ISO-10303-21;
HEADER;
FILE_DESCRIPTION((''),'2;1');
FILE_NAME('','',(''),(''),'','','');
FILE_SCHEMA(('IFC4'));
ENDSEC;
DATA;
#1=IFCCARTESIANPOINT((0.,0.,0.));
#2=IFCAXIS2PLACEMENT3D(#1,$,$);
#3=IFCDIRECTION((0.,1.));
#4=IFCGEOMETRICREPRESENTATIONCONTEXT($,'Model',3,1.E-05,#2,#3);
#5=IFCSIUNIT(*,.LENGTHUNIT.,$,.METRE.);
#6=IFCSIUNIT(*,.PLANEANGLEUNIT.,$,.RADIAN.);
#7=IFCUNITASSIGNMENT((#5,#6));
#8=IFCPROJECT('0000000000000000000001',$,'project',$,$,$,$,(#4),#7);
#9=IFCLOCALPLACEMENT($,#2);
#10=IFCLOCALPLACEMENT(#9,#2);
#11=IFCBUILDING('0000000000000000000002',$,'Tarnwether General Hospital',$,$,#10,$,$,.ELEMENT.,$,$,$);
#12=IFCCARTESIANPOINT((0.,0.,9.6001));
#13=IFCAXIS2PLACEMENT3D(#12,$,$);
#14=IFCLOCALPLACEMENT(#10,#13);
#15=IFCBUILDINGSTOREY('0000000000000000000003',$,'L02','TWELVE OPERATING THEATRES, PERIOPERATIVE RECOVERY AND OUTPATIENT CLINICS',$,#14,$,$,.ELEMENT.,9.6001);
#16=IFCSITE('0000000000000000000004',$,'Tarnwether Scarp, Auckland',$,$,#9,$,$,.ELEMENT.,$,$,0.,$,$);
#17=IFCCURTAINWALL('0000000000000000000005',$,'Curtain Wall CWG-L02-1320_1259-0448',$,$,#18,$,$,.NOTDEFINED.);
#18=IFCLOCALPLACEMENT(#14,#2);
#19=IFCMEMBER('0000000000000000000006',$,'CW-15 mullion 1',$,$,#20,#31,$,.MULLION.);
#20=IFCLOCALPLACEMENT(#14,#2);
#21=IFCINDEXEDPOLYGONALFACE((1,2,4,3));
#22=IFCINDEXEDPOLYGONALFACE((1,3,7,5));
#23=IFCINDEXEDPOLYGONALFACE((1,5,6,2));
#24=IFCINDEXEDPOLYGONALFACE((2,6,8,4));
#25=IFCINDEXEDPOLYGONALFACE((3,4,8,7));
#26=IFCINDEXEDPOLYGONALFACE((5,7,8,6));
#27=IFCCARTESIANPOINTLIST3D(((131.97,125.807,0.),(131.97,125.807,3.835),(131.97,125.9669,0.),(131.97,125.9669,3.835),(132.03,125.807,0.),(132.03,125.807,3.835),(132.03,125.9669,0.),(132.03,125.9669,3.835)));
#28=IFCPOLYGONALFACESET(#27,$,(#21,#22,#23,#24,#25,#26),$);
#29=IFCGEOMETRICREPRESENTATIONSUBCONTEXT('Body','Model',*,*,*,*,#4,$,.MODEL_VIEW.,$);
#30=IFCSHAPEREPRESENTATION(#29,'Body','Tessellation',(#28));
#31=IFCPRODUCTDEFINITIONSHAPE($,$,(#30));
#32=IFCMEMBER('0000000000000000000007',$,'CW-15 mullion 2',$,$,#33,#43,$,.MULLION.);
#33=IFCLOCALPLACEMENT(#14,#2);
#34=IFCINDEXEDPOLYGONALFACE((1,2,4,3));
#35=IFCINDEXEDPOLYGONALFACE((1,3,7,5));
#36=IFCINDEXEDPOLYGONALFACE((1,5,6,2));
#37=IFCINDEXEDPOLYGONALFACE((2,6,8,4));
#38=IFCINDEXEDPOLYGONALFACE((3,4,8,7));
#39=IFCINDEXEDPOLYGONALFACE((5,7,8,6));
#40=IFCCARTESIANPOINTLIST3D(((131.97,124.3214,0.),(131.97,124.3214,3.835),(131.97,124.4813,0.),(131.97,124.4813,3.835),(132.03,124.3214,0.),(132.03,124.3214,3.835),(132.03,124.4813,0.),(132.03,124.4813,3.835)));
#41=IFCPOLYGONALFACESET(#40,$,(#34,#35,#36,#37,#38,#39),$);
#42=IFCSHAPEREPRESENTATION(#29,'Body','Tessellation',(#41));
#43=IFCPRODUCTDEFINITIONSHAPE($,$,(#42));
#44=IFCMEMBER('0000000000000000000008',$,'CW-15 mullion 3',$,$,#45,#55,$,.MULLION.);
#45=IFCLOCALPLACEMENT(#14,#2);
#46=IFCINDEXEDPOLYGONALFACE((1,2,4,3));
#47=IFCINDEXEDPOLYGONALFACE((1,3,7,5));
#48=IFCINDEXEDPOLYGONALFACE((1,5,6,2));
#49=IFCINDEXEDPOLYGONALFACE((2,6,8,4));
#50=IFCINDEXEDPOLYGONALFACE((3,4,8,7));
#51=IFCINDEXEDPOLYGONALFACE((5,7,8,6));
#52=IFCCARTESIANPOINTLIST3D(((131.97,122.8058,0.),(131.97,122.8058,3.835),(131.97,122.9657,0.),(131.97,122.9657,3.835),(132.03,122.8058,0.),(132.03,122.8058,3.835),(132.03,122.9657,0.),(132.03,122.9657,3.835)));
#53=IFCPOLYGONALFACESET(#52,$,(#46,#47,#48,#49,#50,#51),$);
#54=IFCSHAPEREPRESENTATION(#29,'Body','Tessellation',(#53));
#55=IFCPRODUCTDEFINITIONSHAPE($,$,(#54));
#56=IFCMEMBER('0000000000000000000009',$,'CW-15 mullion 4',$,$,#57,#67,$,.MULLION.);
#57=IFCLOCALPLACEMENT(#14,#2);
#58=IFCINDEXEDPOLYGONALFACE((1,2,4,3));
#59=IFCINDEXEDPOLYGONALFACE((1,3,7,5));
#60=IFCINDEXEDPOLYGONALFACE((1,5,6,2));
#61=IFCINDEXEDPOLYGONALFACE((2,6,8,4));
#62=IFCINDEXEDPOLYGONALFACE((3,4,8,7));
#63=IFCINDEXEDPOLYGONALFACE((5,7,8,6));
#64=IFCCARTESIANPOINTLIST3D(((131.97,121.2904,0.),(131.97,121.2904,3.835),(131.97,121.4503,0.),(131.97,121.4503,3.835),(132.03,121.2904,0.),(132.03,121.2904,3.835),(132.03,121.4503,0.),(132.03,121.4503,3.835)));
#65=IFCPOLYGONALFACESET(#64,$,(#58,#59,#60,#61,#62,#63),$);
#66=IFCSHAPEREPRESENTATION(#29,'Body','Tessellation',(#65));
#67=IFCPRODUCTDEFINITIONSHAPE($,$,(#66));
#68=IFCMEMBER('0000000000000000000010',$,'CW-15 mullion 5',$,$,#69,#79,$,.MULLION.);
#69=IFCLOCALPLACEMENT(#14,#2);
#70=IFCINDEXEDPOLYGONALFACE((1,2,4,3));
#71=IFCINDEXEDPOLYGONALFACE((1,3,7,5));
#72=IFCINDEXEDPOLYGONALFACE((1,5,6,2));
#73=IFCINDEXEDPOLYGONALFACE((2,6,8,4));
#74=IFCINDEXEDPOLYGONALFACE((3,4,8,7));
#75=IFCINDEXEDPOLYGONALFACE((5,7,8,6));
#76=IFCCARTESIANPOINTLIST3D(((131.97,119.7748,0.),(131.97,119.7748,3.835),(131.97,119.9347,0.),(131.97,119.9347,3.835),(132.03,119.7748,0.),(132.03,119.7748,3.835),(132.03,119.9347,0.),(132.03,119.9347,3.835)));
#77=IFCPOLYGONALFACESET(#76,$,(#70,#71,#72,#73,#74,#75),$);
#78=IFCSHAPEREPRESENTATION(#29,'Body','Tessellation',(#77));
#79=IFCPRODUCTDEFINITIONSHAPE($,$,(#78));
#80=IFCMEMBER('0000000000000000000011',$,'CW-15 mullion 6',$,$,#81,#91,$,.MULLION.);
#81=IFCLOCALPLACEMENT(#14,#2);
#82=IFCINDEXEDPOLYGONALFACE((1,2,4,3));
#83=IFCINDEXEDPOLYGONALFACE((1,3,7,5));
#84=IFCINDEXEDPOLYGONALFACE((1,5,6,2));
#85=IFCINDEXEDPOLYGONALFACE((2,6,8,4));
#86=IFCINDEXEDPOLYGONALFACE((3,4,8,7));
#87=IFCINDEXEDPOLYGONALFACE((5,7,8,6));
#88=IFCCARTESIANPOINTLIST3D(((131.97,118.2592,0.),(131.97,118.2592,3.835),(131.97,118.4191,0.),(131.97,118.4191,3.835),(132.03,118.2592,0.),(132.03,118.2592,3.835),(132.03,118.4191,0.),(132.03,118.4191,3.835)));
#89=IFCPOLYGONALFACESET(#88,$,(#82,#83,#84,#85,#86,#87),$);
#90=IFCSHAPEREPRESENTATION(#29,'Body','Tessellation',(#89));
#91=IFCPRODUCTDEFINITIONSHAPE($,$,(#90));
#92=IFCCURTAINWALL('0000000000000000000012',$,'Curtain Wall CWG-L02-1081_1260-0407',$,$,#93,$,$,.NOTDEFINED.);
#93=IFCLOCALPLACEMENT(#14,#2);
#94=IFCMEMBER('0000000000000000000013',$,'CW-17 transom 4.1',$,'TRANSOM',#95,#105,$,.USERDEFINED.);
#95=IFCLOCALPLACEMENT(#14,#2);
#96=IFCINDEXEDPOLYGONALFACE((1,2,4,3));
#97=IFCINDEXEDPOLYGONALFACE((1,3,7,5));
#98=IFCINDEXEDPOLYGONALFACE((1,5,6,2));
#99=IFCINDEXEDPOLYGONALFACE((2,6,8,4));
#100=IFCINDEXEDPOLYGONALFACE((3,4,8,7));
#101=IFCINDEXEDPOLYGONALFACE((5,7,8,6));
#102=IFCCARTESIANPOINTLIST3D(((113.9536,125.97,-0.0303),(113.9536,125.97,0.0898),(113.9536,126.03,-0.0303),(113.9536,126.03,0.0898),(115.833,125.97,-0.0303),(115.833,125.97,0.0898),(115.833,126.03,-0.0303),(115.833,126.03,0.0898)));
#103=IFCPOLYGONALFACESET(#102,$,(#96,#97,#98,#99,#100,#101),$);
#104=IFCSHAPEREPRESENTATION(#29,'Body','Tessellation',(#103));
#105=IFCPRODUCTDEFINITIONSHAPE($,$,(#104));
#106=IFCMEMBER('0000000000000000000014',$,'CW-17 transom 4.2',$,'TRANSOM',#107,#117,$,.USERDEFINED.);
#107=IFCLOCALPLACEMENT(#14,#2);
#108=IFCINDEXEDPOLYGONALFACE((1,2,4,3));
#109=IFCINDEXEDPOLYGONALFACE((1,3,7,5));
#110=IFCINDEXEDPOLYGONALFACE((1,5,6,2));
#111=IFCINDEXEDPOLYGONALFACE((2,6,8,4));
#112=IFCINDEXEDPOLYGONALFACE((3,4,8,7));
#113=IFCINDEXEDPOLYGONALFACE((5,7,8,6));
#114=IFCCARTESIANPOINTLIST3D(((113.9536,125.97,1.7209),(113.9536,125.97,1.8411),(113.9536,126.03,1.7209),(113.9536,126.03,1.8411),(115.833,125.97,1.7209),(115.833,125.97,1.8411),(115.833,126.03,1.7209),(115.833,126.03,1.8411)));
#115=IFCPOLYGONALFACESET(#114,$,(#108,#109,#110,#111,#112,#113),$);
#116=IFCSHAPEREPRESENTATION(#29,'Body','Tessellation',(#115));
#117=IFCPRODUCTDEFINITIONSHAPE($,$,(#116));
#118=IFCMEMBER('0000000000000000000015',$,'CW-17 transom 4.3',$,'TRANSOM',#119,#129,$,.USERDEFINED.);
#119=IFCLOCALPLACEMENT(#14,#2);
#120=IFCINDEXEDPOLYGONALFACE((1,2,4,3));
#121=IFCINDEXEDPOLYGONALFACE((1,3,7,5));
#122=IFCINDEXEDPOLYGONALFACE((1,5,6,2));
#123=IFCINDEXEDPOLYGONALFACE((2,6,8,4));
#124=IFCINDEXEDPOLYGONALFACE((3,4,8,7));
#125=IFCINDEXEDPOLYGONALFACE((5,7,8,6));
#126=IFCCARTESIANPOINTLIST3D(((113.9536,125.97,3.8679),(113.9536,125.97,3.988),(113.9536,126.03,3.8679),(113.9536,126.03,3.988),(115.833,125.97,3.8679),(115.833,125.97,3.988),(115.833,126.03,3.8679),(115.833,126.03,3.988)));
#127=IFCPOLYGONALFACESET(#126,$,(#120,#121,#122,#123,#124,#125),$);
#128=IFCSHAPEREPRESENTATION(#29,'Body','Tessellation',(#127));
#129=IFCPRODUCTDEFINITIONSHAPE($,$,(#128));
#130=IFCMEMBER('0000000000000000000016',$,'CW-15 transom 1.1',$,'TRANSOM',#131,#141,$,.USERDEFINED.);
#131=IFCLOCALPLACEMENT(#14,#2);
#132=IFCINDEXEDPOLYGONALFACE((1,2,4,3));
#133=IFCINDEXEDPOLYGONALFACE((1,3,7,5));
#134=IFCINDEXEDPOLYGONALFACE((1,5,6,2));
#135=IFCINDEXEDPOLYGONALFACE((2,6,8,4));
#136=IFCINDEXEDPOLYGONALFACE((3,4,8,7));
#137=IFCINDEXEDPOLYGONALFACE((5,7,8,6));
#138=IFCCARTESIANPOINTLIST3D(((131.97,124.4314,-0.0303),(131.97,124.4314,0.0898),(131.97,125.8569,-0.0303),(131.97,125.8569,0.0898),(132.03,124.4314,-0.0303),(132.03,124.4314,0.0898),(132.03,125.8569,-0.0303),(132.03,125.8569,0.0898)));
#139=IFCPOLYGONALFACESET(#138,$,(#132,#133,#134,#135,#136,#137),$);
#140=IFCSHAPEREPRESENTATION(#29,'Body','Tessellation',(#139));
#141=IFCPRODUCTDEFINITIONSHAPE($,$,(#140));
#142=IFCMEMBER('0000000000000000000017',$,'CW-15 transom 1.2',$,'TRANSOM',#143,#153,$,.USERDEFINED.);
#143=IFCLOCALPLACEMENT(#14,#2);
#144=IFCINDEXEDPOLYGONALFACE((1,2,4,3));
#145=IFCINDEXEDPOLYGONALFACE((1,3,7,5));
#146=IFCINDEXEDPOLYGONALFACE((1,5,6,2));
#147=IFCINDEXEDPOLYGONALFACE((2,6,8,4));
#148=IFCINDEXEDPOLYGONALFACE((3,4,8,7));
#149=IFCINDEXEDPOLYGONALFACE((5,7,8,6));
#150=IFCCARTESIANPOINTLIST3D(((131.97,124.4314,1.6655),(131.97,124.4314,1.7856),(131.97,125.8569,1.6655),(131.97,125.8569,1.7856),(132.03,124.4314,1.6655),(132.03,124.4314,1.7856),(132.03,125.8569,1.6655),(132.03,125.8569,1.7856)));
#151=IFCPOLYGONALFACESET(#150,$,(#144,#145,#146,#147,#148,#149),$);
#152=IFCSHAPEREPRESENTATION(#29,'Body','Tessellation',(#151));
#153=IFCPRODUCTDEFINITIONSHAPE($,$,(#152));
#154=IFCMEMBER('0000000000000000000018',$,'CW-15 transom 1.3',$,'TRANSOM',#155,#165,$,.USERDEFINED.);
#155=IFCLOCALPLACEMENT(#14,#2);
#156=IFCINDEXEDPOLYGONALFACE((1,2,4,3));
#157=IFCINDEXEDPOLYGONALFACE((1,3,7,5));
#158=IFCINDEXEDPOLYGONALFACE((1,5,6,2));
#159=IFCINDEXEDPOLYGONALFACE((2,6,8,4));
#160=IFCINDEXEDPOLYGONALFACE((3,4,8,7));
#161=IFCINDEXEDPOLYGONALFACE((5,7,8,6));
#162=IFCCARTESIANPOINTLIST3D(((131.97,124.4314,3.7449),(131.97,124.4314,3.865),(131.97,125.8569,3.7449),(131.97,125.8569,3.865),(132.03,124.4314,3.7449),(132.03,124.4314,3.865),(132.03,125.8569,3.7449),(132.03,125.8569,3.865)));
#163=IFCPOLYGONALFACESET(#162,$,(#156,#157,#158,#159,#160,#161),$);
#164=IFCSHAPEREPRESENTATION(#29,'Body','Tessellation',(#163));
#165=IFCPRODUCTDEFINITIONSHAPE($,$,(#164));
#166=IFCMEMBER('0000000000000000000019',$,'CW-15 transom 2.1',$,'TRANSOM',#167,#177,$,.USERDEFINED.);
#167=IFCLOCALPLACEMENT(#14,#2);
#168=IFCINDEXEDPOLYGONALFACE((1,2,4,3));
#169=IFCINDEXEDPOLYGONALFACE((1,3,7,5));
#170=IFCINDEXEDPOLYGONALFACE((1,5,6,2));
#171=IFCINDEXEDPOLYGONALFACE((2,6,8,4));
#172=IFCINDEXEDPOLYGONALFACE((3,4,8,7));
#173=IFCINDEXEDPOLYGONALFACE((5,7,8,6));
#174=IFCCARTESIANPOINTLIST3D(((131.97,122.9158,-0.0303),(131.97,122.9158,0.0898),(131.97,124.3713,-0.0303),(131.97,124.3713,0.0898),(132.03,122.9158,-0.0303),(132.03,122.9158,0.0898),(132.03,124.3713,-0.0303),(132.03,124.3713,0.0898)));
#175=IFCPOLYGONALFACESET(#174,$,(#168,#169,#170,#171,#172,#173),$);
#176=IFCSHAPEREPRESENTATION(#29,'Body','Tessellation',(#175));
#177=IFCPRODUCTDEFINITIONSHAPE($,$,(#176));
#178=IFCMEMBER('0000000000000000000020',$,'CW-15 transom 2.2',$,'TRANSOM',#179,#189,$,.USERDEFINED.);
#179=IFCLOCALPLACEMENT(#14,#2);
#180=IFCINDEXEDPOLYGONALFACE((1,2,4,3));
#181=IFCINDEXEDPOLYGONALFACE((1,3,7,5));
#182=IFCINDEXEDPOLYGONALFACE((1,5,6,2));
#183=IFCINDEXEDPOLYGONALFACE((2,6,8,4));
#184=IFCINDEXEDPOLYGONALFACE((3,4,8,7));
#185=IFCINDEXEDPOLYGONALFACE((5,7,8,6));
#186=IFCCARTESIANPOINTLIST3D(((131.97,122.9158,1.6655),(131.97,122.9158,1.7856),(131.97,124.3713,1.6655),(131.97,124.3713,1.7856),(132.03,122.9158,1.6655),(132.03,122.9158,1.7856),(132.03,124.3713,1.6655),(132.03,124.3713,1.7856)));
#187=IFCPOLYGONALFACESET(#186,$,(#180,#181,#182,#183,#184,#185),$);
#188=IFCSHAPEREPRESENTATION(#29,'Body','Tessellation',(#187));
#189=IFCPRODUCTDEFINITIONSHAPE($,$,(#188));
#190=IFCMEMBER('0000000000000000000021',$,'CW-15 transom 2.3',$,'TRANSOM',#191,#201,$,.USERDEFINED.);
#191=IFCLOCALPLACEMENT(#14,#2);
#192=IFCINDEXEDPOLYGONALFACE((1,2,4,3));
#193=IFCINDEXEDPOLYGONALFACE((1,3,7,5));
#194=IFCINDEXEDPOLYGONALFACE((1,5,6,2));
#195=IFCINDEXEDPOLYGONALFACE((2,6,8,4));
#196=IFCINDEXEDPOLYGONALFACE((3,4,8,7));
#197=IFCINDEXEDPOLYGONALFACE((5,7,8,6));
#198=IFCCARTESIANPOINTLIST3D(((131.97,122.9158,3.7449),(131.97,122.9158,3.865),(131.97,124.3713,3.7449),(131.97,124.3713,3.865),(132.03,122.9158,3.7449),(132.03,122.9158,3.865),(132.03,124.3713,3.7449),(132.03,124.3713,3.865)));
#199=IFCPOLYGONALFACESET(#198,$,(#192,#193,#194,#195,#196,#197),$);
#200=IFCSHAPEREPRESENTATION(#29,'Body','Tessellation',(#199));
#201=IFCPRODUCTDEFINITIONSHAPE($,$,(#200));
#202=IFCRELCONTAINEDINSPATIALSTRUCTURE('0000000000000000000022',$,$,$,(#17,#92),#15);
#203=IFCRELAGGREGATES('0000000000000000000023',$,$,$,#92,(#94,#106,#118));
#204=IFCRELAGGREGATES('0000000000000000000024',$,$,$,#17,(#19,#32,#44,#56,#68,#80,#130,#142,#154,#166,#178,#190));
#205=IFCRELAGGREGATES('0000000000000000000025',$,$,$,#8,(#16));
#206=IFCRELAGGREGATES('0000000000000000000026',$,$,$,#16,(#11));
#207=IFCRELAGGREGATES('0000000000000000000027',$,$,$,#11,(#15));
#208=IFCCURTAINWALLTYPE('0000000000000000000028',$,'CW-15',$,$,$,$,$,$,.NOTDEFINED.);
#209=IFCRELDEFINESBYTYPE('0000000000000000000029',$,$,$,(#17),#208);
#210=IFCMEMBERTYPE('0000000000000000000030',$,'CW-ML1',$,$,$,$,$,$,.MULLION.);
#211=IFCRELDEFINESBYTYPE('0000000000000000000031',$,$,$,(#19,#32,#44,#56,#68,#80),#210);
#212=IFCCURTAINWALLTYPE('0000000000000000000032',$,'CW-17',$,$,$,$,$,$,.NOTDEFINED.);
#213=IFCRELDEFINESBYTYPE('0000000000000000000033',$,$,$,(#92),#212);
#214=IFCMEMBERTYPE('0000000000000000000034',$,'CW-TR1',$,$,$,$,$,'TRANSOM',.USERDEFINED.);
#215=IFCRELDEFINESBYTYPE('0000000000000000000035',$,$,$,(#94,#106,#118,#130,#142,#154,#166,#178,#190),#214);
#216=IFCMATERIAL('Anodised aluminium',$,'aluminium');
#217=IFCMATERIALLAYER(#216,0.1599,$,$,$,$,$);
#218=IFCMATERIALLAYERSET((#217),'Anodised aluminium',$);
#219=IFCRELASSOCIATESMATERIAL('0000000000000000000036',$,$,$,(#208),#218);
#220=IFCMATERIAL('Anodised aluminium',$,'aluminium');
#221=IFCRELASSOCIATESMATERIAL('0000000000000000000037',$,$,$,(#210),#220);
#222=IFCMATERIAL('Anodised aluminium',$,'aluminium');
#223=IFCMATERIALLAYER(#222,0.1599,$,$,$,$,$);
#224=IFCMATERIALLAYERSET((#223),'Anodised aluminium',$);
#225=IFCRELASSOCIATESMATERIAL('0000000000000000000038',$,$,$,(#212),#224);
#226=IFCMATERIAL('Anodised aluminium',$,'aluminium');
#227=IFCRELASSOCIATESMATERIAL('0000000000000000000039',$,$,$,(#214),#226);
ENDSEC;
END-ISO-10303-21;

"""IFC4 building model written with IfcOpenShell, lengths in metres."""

from ifc_helpers import new_model, si_unit, direction, frame, origin, origin_2d, place, context, subcontext, project, spatial, rectangle, extrude, material, layer, layer_set, material_profile, profile_set, type_object, element, aggregate, save


model = new_model("IFC4")

# Units and contexts
model_context = context("Model", 3, precision=1e-05, world=origin(), true_north=direction((0.0, 1.0)))
body_context = subcontext(model_context, "Body", "Model", "MODEL_VIEW")
ifc_project = project(units=[si_unit("LENGTHUNIT", "METRE"), si_unit("PLANEANGLEUNIT", "RADIAN")], contexts=[model_context])

# Site, building, storey
site_placement = place(None, origin())
site = spatial("IfcSite", under=ifc_project, at=site_placement, Name="Tarnwether Scarp, Auckland", CompositionType="ELEMENT", RefElevation=0.0)
building_placement = place(site_placement, origin())
building = spatial("IfcBuilding", under=site, at=building_placement, Name="Tarnwether General Hospital", CompositionType="ELEMENT")
storey_placement = place(building_placement, frame((0.0, 0.0, 9.6001)))
storey = spatial("IfcBuildingStorey", under=building, at=storey_placement, Name="L02", Description="TWELVE OPERATING THEATRES, PERIOPERATIVE RECOVERY AND OUTPATIENT CLINICS", CompositionType="ELEMENT", Elevation=9.6001)

# Curtain walls, members
ifc_material_1 = material(Name="Anodised aluminium", Category="aluminium")
ifc_layer_1 = layer(ifc_material_1, 0.1599)
ifc_layer_set_1 = layer_set([ifc_layer_1], Name="Anodised aluminium")
curtain_wall_type_1 = type_object("IfcCurtainWallType", Name="CW-15", PredefinedType="NOTDEFINED", material=ifc_layer_set_1)
curtain_wall_1_placement = place(storey_placement, origin())
curtain_wall_1 = element("IfcCurtainWall", 1, at=curtain_wall_1_placement, inside=storey, type_object=curtain_wall_type_1, Name="Curtain Wall CWG-L02-1320_1259-0448", PredefinedType="NOTDEFINED")
ifc_material_2 = material(Name="Anodised aluminium", Category="aluminium")
ifc_material_profile_1 = material_profile(ifc_material_2, rectangle(XDim=0.0601, YDim=0.1599, at=origin_2d()), Name="ALU-MUL-60x160")
ifc_profile_set_1 = profile_set([ifc_material_profile_1], Name="Anodised aluminium")
member_type_1 = type_object("IfcMemberType", Name="CW-ML1", PredefinedType="MULLION", material=ifc_profile_set_1)
member_1_placement = place(storey_placement, frame((132.0, 125.887, 0.0), z_axis=(0.0, 0.0, 1.0), x_axis=(1.0, 0.0, 0.0)))
member_1 = element("IfcMember", 2, at=member_1_placement, type_object=member_type_1, Name="CW-15 mullion 1", PredefinedType="MULLION", context=body_context, shape_type="SweptSolid", body=[
    extrude(rectangle(XDim=0.0601, YDim=0.1599, at=origin_2d()), origin(), (0.0, 0.0, 1.0), 3.835),
])
member_2_placement = place(storey_placement, frame((132.0, 124.4014, 0.0), z_axis=(0.0, 0.0, 1.0), x_axis=(1.0, 0.0, 0.0)))
member_2 = element("IfcMember", 3, at=member_2_placement, type_object=member_type_1, Name="CW-15 mullion 2", PredefinedType="MULLION", context=body_context, shape_type="SweptSolid", body=[
    extrude(rectangle(XDim=0.0601, YDim=0.1599, at=origin_2d()), origin(), (0.0, 0.0, 1.0), 3.835),
])
member_3_placement = place(storey_placement, frame((132.0, 122.8857, 0.0), z_axis=(0.0, 0.0, 1.0), x_axis=(1.0, 0.0, 0.0)))
member_3 = element("IfcMember", 4, at=member_3_placement, type_object=member_type_1, Name="CW-15 mullion 3", PredefinedType="MULLION", context=body_context, shape_type="SweptSolid", body=[
    extrude(rectangle(XDim=0.0601, YDim=0.1599, at=origin_2d()), origin(), (0.0, 0.0, 1.0), 3.835),
])
member_4_placement = place(storey_placement, frame((132.0, 121.3704, 0.0), z_axis=(0.0, 0.0, 1.0), x_axis=(1.0, 0.0, 0.0)))
member_4 = element("IfcMember", 5, at=member_4_placement, type_object=member_type_1, Name="CW-15 mullion 4", PredefinedType="MULLION", context=body_context, shape_type="SweptSolid", body=[
    extrude(rectangle(XDim=0.0601, YDim=0.1599, at=origin_2d()), origin(), (0.0, 0.0, 1.0), 3.835),
])
member_5_placement = place(storey_placement, frame((132.0, 119.8547, 0.0), z_axis=(0.0, 0.0, 1.0), x_axis=(1.0, 0.0, 0.0)))
member_5 = element("IfcMember", 6, at=member_5_placement, type_object=member_type_1, Name="CW-15 mullion 5", PredefinedType="MULLION", context=body_context, shape_type="SweptSolid", body=[
    extrude(rectangle(XDim=0.0601, YDim=0.1599, at=origin_2d()), origin(), (0.0, 0.0, 1.0), 3.835),
])
member_6_placement = place(storey_placement, frame((132.0, 118.3391, 0.0), z_axis=(0.0, 0.0, 1.0), x_axis=(1.0, 0.0, 0.0)))
member_6 = element("IfcMember", 7, at=member_6_placement, type_object=member_type_1, Name="CW-15 mullion 6", PredefinedType="MULLION", context=body_context, shape_type="SweptSolid", body=[
    extrude(rectangle(XDim=0.0601, YDim=0.1599, at=origin_2d()), origin(), (0.0, 0.0, 1.0), 3.835),
])
ifc_material_3 = material(Name="Anodised aluminium", Category="aluminium")
ifc_layer_2 = layer(ifc_material_3, 0.1599)
ifc_layer_set_2 = layer_set([ifc_layer_2], Name="Anodised aluminium")
curtain_wall_type_2 = type_object("IfcCurtainWallType", Name="CW-17", PredefinedType="NOTDEFINED", material=ifc_layer_set_2)
curtain_wall_2_placement = place(storey_placement, origin())
curtain_wall_2 = element("IfcCurtainWall", 8, at=curtain_wall_2_placement, inside=storey, type_object=curtain_wall_type_2, Name="Curtain Wall CWG-L02-1081_1260-0407", PredefinedType="NOTDEFINED")
ifc_material_4 = material(Name="Anodised aluminium", Category="aluminium")
ifc_material_profile_2 = material_profile(ifc_material_4, rectangle(XDim=0.0601, YDim=0.1201, at=origin_2d()), Name="ALU-TRN-60x120")
ifc_profile_set_2 = profile_set([ifc_material_profile_2], Name="Anodised aluminium")
member_type_2 = type_object("IfcMemberType", Name="CW-TR1", ElementType="TRANSOM", PredefinedType="USERDEFINED", material=ifc_profile_set_2)
member_7_placement = place(storey_placement, frame((113.9536, 126.0, 0.0298), z_axis=(1.0, 0.0, 0.0), x_axis=(0.0, 1.0, 0.0)))
member_7 = element("IfcMember", 9, at=member_7_placement, type_object=member_type_2, Name="CW-17 transom 4.1", ObjectType="TRANSOM", PredefinedType="USERDEFINED", context=body_context, shape_type="SweptSolid", body=[
    extrude(rectangle(XDim=0.0601, YDim=0.1201, at=origin_2d()), origin(), (0.0, 0.0, 1.0), 1.8794),
])
member_8_placement = place(storey_placement, frame((113.9536, 126.0, 1.781), z_axis=(1.0, 0.0, 0.0), x_axis=(0.0, 1.0, 0.0)))
member_8 = element("IfcMember", 10, at=member_8_placement, type_object=member_type_2, Name="CW-17 transom 4.2", ObjectType="TRANSOM", PredefinedType="USERDEFINED", context=body_context, shape_type="SweptSolid", body=[
    extrude(rectangle(XDim=0.0601, YDim=0.1201, at=origin_2d()), origin(), (0.0, 0.0, 1.0), 1.8794),
])
member_9_placement = place(storey_placement, frame((113.9536, 126.0, 3.928), z_axis=(1.0, 0.0, 0.0), x_axis=(0.0, 1.0, 0.0)))
member_9 = element("IfcMember", 11, at=member_9_placement, type_object=member_type_2, Name="CW-17 transom 4.3", ObjectType="TRANSOM", PredefinedType="USERDEFINED", context=body_context, shape_type="SweptSolid", body=[
    extrude(rectangle(XDim=0.0601, YDim=0.1201, at=origin_2d()), origin(), (0.0, 0.0, 1.0), 1.8794),
])
aggregate(curtain_wall_2, [member_7, member_8, member_9])

# Members
member_10_placement = place(storey_placement, frame((132.0, 125.8569, 0.0298), z_axis=(0.0, -1.0, 0.0), x_axis=(1.0, 0.0, 0.0)))
member_10 = element("IfcMember", 12, at=member_10_placement, type_object=member_type_2, Name="CW-15 transom 1.1", ObjectType="TRANSOM", PredefinedType="USERDEFINED", context=body_context, shape_type="SweptSolid", body=[
    extrude(rectangle(XDim=0.0601, YDim=0.1201, at=origin_2d()), origin(), (0.0, 0.0, 1.0), 1.4255),
])
member_11_placement = place(storey_placement, frame((132.0, 125.8569, 1.7256), z_axis=(0.0, -1.0, 0.0), x_axis=(1.0, 0.0, 0.0)))
member_11 = element("IfcMember", 13, at=member_11_placement, type_object=member_type_2, Name="CW-15 transom 1.2", ObjectType="TRANSOM", PredefinedType="USERDEFINED", context=body_context, shape_type="SweptSolid", body=[
    extrude(rectangle(XDim=0.0601, YDim=0.1201, at=origin_2d()), origin(), (0.0, 0.0, 1.0), 1.4255),
])
member_12_placement = place(storey_placement, frame((132.0, 125.8569, 3.8049), z_axis=(0.0, -1.0, 0.0), x_axis=(1.0, 0.0, 0.0)))
member_12 = element("IfcMember", 14, at=member_12_placement, type_object=member_type_2, Name="CW-15 transom 1.3", ObjectType="TRANSOM", PredefinedType="USERDEFINED", context=body_context, shape_type="SweptSolid", body=[
    extrude(rectangle(XDim=0.0601, YDim=0.1201, at=origin_2d()), origin(), (0.0, 0.0, 1.0), 1.4255),
])
member_13_placement = place(storey_placement, frame((132.0, 124.3713, 0.0298), z_axis=(0.0, -1.0, 0.0), x_axis=(1.0, 0.0, 0.0)))
member_13 = element("IfcMember", 15, at=member_13_placement, type_object=member_type_2, Name="CW-15 transom 2.1", ObjectType="TRANSOM", PredefinedType="USERDEFINED", context=body_context, shape_type="SweptSolid", body=[
    extrude(rectangle(XDim=0.0601, YDim=0.1201, at=origin_2d()), origin(), (0.0, 0.0, 1.0), 1.4556),
])
member_14_placement = place(storey_placement, frame((132.0, 124.3713, 1.7256), z_axis=(0.0, -1.0, 0.0), x_axis=(1.0, 0.0, 0.0)))
member_14 = element("IfcMember", 16, at=member_14_placement, type_object=member_type_2, Name="CW-15 transom 2.2", ObjectType="TRANSOM", PredefinedType="USERDEFINED", context=body_context, shape_type="SweptSolid", body=[
    extrude(rectangle(XDim=0.0601, YDim=0.1201, at=origin_2d()), origin(), (0.0, 0.0, 1.0), 1.4556),
])
member_15_placement = place(storey_placement, frame((132.0, 124.3713, 3.8049), z_axis=(0.0, -1.0, 0.0), x_axis=(1.0, 0.0, 0.0)))
member_15 = element("IfcMember", 17, at=member_15_placement, type_object=member_type_2, Name="CW-15 transom 2.3", ObjectType="TRANSOM", PredefinedType="USERDEFINED", context=body_context, shape_type="SweptSolid", body=[
    extrude(rectangle(XDim=0.0601, YDim=0.1201, at=origin_2d()), origin(), (0.0, 0.0, 1.0), 1.4556),
])

aggregate(curtain_wall_1, [member_1, member_2, member_3, member_4, member_5, member_6, member_10, member_11, member_12, member_13, member_14, member_15])

save(model, "model.ifc")
